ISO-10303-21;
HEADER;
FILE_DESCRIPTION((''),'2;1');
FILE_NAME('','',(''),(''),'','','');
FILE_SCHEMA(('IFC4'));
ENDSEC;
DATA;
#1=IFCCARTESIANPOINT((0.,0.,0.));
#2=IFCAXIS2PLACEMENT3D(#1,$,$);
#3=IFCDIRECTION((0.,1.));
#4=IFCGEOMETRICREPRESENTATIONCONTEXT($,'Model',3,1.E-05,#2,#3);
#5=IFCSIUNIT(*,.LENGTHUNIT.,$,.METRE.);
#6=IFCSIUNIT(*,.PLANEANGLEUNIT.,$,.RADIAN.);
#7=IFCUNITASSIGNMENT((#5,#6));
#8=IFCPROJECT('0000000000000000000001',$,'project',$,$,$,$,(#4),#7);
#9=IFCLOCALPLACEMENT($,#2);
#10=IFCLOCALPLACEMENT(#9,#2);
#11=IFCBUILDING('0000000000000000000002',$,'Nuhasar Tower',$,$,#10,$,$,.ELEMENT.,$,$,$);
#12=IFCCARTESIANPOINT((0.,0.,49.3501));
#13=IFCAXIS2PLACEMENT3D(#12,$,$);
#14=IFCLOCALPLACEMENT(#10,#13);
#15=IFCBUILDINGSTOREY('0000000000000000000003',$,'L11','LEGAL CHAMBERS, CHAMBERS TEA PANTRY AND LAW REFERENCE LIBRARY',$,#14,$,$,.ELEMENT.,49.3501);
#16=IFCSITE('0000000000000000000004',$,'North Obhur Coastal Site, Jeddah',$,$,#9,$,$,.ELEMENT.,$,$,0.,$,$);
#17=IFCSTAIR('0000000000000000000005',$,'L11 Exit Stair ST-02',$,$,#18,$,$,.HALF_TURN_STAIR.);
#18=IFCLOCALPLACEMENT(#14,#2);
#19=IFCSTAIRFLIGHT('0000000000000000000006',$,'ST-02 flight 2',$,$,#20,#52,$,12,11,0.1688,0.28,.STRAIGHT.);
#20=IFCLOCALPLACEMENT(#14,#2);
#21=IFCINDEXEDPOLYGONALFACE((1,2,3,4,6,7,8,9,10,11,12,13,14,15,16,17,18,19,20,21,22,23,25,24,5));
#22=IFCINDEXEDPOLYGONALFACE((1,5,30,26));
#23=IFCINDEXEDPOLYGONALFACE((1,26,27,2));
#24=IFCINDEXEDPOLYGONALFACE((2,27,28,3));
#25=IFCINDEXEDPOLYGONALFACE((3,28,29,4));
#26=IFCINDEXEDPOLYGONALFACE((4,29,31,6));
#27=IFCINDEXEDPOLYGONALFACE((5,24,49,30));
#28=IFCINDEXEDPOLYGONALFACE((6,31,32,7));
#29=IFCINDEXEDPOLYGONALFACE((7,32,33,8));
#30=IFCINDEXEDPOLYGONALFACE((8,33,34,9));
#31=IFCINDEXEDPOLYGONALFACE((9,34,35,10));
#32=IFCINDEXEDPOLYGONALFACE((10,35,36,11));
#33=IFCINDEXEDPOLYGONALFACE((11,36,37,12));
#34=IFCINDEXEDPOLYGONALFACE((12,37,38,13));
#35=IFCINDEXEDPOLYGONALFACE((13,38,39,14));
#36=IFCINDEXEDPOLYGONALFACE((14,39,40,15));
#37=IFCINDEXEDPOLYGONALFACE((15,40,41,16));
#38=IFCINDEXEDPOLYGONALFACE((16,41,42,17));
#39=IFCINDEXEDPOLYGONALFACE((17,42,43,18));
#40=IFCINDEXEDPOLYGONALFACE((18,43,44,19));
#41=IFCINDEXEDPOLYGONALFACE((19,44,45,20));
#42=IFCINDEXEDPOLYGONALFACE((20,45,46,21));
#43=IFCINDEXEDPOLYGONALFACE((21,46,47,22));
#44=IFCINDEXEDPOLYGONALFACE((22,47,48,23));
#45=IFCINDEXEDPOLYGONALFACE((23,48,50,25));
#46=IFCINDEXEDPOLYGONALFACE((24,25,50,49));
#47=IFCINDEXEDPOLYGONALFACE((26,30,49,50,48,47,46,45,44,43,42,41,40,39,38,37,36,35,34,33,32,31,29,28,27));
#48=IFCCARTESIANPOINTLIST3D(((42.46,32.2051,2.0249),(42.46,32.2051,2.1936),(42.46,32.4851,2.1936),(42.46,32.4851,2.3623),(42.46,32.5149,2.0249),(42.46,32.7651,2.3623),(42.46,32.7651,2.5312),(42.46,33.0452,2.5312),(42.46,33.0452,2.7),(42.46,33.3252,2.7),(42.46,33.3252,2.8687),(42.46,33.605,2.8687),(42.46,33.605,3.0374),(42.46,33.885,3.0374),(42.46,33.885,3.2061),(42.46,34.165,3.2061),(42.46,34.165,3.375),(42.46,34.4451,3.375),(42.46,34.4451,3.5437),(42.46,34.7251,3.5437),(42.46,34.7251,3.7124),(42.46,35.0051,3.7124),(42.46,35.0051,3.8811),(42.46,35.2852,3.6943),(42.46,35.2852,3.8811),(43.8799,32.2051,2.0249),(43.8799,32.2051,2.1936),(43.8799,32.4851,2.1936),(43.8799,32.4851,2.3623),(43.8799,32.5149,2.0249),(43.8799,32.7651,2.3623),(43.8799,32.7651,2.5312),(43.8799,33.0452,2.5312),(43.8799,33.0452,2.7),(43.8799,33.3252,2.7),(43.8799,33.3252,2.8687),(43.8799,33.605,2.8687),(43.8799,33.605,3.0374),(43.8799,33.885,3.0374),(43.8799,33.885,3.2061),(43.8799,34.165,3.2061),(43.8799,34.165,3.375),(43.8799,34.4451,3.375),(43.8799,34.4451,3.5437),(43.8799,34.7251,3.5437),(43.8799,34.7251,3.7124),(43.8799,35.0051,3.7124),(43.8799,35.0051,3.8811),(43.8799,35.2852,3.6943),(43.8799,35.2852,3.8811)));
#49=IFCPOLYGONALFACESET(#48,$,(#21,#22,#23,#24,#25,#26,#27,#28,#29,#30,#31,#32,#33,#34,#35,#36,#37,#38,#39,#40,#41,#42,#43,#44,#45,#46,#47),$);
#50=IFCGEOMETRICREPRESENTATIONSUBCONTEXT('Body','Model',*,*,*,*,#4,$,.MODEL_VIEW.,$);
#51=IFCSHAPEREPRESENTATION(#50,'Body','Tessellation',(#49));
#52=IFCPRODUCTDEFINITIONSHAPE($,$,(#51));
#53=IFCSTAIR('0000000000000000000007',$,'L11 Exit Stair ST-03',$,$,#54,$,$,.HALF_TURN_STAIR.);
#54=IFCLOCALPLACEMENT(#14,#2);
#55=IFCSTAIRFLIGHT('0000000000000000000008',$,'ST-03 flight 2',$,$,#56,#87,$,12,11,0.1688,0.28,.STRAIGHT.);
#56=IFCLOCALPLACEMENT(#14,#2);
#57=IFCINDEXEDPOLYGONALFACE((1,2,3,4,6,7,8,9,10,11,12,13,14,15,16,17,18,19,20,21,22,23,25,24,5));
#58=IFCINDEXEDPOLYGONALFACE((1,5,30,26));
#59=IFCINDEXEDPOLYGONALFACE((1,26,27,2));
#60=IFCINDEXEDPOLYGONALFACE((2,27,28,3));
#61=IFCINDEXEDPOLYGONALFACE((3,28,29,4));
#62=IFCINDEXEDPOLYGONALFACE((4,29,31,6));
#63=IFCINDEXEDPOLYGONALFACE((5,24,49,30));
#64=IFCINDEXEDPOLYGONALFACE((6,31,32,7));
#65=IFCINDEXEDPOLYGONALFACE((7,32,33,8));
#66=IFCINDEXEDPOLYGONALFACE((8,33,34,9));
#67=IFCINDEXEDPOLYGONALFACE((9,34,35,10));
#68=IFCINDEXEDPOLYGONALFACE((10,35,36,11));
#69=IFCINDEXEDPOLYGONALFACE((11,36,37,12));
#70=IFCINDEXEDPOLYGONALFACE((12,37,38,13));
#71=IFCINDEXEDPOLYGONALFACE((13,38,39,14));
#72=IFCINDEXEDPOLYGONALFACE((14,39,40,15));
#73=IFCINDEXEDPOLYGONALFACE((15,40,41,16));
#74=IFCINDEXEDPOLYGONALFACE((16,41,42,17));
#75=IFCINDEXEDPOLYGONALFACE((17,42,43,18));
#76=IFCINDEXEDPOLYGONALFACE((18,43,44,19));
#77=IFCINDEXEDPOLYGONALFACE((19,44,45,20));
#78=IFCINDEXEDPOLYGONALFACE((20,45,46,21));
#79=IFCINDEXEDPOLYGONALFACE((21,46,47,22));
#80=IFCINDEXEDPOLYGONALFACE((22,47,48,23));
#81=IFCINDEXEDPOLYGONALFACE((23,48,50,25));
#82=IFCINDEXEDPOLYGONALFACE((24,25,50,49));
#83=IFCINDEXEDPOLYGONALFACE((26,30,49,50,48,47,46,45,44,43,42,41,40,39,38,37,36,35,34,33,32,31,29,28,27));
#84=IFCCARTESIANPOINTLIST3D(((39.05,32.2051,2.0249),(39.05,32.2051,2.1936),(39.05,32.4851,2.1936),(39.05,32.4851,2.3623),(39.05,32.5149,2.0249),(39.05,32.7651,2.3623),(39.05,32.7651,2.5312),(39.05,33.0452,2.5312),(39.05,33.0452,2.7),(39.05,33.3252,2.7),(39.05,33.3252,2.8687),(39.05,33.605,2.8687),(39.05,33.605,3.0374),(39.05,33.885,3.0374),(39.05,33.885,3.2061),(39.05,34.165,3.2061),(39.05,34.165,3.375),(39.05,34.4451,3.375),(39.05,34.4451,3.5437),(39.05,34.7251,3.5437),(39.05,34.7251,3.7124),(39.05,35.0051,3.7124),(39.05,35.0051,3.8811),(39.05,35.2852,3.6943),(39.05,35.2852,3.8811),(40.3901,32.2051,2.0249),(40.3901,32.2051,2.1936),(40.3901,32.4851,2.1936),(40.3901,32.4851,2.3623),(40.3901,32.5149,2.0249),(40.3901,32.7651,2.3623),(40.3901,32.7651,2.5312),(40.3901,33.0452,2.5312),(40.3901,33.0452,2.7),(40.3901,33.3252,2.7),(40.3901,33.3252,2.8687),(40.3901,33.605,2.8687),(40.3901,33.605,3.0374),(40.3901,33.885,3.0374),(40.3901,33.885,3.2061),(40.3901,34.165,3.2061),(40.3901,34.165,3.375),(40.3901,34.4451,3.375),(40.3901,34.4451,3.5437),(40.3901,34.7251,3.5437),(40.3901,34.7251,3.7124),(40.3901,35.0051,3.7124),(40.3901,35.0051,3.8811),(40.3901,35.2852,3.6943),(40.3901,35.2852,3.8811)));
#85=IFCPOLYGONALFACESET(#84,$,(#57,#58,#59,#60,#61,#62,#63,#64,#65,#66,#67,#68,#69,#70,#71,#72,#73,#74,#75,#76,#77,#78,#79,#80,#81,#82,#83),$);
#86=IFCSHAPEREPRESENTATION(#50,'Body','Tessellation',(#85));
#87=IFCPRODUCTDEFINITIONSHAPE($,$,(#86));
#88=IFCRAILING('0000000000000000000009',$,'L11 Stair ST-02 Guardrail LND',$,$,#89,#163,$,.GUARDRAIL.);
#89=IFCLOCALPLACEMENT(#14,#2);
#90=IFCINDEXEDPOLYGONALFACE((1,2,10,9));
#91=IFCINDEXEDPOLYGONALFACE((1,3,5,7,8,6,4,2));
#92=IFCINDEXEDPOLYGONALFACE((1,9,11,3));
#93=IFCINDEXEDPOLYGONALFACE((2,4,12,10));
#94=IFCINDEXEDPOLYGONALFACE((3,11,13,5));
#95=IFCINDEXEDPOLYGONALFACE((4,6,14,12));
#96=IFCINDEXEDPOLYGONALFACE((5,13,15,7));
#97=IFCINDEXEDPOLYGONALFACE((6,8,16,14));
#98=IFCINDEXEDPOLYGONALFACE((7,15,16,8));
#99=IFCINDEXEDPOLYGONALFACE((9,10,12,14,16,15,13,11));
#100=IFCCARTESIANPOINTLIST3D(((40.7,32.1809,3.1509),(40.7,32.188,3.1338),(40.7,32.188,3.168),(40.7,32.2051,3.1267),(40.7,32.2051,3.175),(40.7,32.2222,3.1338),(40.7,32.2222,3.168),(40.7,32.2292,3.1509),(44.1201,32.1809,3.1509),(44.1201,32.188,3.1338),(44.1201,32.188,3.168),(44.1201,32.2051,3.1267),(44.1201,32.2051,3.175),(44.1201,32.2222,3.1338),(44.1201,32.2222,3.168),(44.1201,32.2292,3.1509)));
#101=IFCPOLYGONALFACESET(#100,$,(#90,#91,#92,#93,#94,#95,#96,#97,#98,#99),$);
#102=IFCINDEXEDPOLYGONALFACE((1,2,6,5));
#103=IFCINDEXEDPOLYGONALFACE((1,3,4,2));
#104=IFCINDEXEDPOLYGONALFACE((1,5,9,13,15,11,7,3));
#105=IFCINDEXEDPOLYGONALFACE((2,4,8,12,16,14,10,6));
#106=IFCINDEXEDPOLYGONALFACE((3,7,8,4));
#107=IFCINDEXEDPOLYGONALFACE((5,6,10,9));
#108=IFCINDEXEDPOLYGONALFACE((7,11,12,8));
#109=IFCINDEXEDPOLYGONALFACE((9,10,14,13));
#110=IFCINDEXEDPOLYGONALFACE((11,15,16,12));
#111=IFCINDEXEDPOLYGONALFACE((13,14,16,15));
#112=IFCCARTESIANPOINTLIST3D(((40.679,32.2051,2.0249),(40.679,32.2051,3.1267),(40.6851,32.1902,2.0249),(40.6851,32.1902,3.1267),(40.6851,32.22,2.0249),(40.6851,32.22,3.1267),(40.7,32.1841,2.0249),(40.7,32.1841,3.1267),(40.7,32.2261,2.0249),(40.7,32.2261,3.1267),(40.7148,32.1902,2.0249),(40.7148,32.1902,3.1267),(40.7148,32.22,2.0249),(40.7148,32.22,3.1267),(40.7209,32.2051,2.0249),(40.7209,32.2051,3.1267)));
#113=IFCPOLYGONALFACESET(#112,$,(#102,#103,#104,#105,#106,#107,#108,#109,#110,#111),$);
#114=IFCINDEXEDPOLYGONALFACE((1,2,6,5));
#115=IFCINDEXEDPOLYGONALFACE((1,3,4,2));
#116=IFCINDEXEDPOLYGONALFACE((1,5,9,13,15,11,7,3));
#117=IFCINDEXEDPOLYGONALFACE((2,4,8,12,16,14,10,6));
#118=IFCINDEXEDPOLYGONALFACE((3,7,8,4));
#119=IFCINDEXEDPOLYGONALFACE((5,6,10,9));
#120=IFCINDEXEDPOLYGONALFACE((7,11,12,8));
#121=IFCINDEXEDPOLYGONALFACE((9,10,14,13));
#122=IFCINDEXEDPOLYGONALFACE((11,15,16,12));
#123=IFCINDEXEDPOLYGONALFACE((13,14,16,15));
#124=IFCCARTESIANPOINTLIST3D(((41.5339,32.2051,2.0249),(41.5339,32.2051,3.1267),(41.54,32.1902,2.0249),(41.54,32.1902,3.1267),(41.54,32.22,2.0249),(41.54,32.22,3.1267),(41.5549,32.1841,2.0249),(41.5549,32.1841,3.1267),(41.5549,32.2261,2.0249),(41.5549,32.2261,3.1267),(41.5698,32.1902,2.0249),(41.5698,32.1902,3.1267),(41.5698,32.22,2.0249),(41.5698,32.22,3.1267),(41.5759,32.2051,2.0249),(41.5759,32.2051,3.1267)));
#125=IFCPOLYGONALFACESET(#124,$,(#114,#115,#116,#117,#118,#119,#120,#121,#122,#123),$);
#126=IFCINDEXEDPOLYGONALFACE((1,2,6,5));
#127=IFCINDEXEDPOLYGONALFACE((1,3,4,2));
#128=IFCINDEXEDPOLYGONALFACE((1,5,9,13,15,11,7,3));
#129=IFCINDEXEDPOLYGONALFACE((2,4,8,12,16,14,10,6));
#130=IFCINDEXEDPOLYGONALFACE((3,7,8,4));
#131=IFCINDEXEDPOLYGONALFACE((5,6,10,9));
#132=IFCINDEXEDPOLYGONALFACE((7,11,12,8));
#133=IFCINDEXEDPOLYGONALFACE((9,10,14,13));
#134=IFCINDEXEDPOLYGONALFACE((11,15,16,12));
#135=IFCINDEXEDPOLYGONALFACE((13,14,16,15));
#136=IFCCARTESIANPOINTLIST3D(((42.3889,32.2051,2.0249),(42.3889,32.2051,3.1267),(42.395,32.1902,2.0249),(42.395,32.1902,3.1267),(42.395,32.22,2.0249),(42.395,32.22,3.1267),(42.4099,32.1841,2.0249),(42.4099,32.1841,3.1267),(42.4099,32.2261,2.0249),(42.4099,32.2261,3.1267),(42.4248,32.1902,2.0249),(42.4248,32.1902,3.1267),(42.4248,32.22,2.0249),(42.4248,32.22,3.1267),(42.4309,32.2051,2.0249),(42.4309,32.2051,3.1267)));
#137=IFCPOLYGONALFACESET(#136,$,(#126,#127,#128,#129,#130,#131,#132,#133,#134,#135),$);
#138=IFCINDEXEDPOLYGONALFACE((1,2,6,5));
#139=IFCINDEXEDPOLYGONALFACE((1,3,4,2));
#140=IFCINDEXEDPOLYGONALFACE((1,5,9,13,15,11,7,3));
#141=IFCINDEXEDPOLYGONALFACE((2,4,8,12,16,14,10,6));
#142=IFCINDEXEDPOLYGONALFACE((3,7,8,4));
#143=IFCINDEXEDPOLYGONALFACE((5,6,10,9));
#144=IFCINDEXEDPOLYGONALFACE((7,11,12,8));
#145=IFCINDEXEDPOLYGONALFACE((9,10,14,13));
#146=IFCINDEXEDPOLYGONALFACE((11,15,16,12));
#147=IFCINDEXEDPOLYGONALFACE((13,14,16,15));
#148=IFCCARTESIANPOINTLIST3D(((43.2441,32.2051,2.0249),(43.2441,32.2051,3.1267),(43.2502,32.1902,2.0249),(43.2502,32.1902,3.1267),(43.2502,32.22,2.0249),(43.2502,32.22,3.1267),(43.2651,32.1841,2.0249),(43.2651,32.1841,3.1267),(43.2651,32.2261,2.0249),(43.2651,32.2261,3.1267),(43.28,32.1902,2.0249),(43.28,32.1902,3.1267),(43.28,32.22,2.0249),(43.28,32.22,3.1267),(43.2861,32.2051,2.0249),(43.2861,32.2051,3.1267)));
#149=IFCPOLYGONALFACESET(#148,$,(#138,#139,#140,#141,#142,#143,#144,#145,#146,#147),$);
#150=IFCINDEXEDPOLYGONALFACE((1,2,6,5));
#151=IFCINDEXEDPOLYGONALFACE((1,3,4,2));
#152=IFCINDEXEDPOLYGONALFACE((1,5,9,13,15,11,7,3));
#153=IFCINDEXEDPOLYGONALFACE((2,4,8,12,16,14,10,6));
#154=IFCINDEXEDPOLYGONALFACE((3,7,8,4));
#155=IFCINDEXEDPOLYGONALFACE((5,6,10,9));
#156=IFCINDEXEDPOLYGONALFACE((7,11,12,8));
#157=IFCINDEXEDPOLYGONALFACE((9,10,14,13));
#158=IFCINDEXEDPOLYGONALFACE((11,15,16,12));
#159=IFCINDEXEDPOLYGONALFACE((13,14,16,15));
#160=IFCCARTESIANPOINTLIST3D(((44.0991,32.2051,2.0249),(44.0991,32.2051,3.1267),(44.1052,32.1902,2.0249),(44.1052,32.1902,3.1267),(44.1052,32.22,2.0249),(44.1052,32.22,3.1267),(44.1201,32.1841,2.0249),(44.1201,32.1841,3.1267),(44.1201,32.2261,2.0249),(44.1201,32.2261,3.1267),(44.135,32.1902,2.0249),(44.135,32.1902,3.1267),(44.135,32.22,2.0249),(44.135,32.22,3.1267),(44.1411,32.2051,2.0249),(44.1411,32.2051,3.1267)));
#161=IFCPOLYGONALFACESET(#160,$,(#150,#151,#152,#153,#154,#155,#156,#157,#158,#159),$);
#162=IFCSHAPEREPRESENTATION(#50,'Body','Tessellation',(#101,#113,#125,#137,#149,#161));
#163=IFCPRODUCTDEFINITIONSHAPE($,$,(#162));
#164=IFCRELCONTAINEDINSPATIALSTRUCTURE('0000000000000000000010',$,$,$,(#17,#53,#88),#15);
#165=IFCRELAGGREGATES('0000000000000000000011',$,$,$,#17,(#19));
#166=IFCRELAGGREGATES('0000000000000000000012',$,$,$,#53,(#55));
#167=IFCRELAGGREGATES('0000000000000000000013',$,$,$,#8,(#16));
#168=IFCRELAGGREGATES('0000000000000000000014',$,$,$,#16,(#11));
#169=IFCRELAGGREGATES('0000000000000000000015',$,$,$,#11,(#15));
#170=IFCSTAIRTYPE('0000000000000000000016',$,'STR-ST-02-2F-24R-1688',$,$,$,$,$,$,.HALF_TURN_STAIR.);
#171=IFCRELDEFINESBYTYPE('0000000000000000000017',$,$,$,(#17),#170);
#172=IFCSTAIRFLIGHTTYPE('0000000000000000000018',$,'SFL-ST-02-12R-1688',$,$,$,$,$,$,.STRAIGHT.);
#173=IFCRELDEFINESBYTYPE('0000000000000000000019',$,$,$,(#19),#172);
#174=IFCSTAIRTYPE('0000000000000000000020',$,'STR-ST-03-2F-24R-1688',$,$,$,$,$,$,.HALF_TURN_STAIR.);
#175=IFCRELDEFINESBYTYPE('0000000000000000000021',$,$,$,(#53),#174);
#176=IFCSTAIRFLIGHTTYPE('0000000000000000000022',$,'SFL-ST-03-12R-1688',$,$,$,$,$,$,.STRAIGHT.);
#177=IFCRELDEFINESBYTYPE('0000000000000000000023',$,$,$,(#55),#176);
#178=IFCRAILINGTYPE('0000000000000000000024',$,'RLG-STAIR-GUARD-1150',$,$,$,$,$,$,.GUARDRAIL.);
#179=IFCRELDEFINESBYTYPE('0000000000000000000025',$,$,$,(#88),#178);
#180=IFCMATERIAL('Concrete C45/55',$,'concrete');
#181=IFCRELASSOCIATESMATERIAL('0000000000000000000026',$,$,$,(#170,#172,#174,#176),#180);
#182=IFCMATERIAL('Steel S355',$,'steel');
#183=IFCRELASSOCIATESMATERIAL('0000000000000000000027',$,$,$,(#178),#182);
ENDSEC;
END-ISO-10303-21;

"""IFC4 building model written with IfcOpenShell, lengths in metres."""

from ifc_helpers import new_model, si_unit, direction, frame, origin, place, context, subcontext, project, spatial, polyline, outline, extrude, material, type_object, element, aggregate, save


model = new_model("IFC4")

# Units and contexts
model_context = context("Model", 3, precision=1e-05, world=origin(), true_north=direction((0.0, 1.0)))
body_context = subcontext(model_context, "Body", "Model", "MODEL_VIEW")
ifc_project = project(units=[si_unit("LENGTHUNIT", "METRE"), si_unit("PLANEANGLEUNIT", "RADIAN")], contexts=[model_context])

# Site, building, storey
site_placement = place(None, origin())
site = spatial("IfcSite", under=ifc_project, at=site_placement, Name="North Obhur Coastal Site, Jeddah", CompositionType="ELEMENT", RefElevation=0.0)
building_placement = place(site_placement, origin())
building = spatial("IfcBuilding", under=site, at=building_placement, Name="Nuhasar Tower", CompositionType="ELEMENT")
storey_placement = place(building_placement, frame((0.0, 0.0, 49.3501)))
storey = spatial("IfcBuildingStorey", under=building, at=storey_placement, Name="L11", Description="LEGAL CHAMBERS, CHAMBERS TEA PANTRY AND LAW REFERENCE LIBRARY", CompositionType="ELEMENT", Elevation=49.3501)

# Shared definitions
ifc_material_1 = material(Name="Steel S355", Category="steel")

# Shared definitions
ifc_material_2 = material(Name="Concrete C45/55", Category="concrete")

# Stair, stair flight
stair_type_1 = type_object("IfcStairType", Name="STR-ST-02-2F-24R-1688", PredefinedType="HALF_TURN_STAIR", material=ifc_material_2)
stair_1_placement = place(storey_placement, origin())
stair_1 = element("IfcStair", 1, at=stair_1_placement, inside=storey, type_object=stair_type_1, Name="L11 Exit Stair ST-02", PredefinedType="HALF_TURN_STAIR")
stair_flight_type_1 = type_object("IfcStairFlightType", Name="SFL-ST-02-12R-1688", PredefinedType="STRAIGHT", material=ifc_material_2)
stair_flight_1_placement = place(storey_placement, frame((43.1699, 32.2051, 2.0249), z_axis=(0.0, 0.0, 1.0), x_axis=(0.0, 1.0, 0.0)))
stair_flight_1 = element("IfcStairFlight", 2, at=stair_flight_1_placement, type_object=stair_flight_type_1, Name="ST-02 flight 2", NumberOfRisers=12, NumberOfTreads=11, PredefinedType="STRAIGHT", RiserHeight=0.1688, TreadLength=0.28, context=body_context, shape_type="SweptSolid", body=[
    extrude(outline(polyline([(0.0, 0.0), (0.0, 0.1687), (0.28, 0.1687), (0.28, 0.3374), (0.5601, 0.3374), (0.5601, 0.5063), (0.8401, 0.5063), (0.8401, 0.675), (1.1201, 0.675), (1.1201, 0.8438), (1.3999, 0.8438), (1.3999, 1.0125), (1.6799, 1.0125), (1.6799, 1.1812), (1.96, 1.1812), (1.96, 1.3501), (2.24, 1.3501), (2.24, 1.5188), (2.52, 1.5188), (2.52, 1.6875), (2.8, 1.6875), (2.8, 1.8562), (3.0801, 1.8562), (3.0801, 2.0249), (3.0801, 1.6694), (0.3098, 0.0), (0.0, 0.0)])), frame((0.0, 0.71, 0.0), z_axis=(0.0, -1.0, 0.0), x_axis=(1.0, 0.0, 0.0)), (0.0, 0.0, 1.0), 1.4199),
])
aggregate(stair_1, [stair_flight_1])

# Stair, stair flight
stair_type_2 = type_object("IfcStairType", Name="STR-ST-03-2F-24R-1688", PredefinedType="HALF_TURN_STAIR", material=ifc_material_2)
stair_2_placement = place(storey_placement, origin())
stair_2 = element("IfcStair", 3, at=stair_2_placement, inside=storey, type_object=stair_type_2, Name="L11 Exit Stair ST-03", PredefinedType="HALF_TURN_STAIR")
stair_flight_type_2 = type_object("IfcStairFlightType", Name="SFL-ST-03-12R-1688", PredefinedType="STRAIGHT", material=ifc_material_2)
stair_flight_2_placement = place(storey_placement, frame((39.72, 32.2051, 2.0249), z_axis=(0.0, 0.0, 1.0), x_axis=(0.0, 1.0, 0.0)))
stair_flight_2 = element("IfcStairFlight", 4, at=stair_flight_2_placement, type_object=stair_flight_type_2, Name="ST-03 flight 2", NumberOfRisers=12, NumberOfTreads=11, PredefinedType="STRAIGHT", RiserHeight=0.1688, TreadLength=0.28, context=body_context, shape_type="SweptSolid", body=[
    extrude(outline(polyline([(0.0, 0.0), (0.0, 0.1687), (0.28, 0.1687), (0.28, 0.3374), (0.5601, 0.3374), (0.5601, 0.5063), (0.8401, 0.5063), (0.8401, 0.675), (1.1201, 0.675), (1.1201, 0.8438), (1.3999, 0.8438), (1.3999, 1.0125), (1.6799, 1.0125), (1.6799, 1.1812), (1.96, 1.1812), (1.96, 1.3501), (2.24, 1.3501), (2.24, 1.5188), (2.52, 1.5188), (2.52, 1.6875), (2.8, 1.6875), (2.8, 1.8562), (3.0801, 1.8562), (3.0801, 2.0249), (3.0801, 1.6694), (0.3098, 0.0), (0.0, 0.0)])), frame((0.0, 0.6699, 0.0), z_axis=(0.0, -1.0, 0.0), x_axis=(1.0, 0.0, 0.0)), (0.0, 0.0, 1.0), 1.3401),
])
aggregate(stair_2, [stair_flight_2])

# Railing
railing_type_1 = type_object("IfcRailingType", Name="RLG-STAIR-GUARD-1150", PredefinedType="GUARDRAIL", material=ifc_material_1)
railing_1_placement = place(storey_placement, frame((40.7, 32.2051, 2.0249)))
element("IfcRailing", 5, at=railing_1_placement, inside=storey, type_object=railing_type_1, Name="L11 Stair ST-02 Guardrail LND", PredefinedType="GUARDRAIL", context=body_context, shape_type="SweptSolid", body=[
    extrude(outline(polyline([(0.0242, 0.0), (0.0171, 0.0171), (0.0, 0.0242), (-0.0171, 0.0171), (-0.0242, 0.0), (-0.0171, -0.0171), (0.0, -0.0242), (0.0171, -0.0171), (0.0242, 0.0)])), frame((0.0, 0.0, 1.126), z_axis=(1.0, 0.0, 0.0), x_axis=(0.0, 1.0, 0.0)), (0.0, 0.0, 1.0), 3.4202),
    extrude(outline(polyline([(0.021, 0.0), (0.0149, 0.0149), (0.0, 0.021), (-0.0149, 0.0149), (-0.021, 0.0), (-0.0149, -0.0149), (0.0, -0.021), (0.0149, -0.0149), (0.021, 0.0)])), origin(), (0.0, 0.0, 1.0), 1.1018),
    extrude(outline(polyline([(0.021, 0.0), (0.0149, 0.0149), (0.0, 0.021), (-0.0149, 0.0149), (-0.021, 0.0), (-0.0149, -0.0149), (0.0, -0.021), (0.0149, -0.0149), (0.021, 0.0)])), frame((0.855, 0.0, 0.0)), (0.0, 0.0, 1.0), 1.1018),
    extrude(outline(polyline([(0.021, 0.0), (0.0149, 0.0149), (0.0, 0.021), (-0.0149, 0.0149), (-0.021, 0.0), (-0.0149, -0.0149), (0.0, -0.021), (0.0149, -0.0149), (0.021, 0.0)])), frame((1.71, 0.0, 0.0)), (0.0, 0.0, 1.0), 1.1018),
    extrude(outline(polyline([(0.021, 0.0), (0.0149, 0.0149), (0.0, 0.021), (-0.0149, 0.0149), (-0.021, 0.0), (-0.0149, -0.0149), (0.0, -0.021), (0.0149, -0.0149), (0.021, 0.0)])), frame((2.5652, 0.0, 0.0)), (0.0, 0.0, 1.0), 1.1018),
    extrude(outline(polyline([(0.021, 0.0), (0.0149, 0.0149), (0.0, 0.021), (-0.0149, 0.0149), (-0.021, 0.0), (-0.0149, -0.0149), (0.0, -0.021), (0.0149, -0.0149), (0.021, 0.0)])), frame((3.4202, 0.0, 0.0)), (0.0, 0.0, 1.0), 1.1018),
])

save(model, "model.ifc")
